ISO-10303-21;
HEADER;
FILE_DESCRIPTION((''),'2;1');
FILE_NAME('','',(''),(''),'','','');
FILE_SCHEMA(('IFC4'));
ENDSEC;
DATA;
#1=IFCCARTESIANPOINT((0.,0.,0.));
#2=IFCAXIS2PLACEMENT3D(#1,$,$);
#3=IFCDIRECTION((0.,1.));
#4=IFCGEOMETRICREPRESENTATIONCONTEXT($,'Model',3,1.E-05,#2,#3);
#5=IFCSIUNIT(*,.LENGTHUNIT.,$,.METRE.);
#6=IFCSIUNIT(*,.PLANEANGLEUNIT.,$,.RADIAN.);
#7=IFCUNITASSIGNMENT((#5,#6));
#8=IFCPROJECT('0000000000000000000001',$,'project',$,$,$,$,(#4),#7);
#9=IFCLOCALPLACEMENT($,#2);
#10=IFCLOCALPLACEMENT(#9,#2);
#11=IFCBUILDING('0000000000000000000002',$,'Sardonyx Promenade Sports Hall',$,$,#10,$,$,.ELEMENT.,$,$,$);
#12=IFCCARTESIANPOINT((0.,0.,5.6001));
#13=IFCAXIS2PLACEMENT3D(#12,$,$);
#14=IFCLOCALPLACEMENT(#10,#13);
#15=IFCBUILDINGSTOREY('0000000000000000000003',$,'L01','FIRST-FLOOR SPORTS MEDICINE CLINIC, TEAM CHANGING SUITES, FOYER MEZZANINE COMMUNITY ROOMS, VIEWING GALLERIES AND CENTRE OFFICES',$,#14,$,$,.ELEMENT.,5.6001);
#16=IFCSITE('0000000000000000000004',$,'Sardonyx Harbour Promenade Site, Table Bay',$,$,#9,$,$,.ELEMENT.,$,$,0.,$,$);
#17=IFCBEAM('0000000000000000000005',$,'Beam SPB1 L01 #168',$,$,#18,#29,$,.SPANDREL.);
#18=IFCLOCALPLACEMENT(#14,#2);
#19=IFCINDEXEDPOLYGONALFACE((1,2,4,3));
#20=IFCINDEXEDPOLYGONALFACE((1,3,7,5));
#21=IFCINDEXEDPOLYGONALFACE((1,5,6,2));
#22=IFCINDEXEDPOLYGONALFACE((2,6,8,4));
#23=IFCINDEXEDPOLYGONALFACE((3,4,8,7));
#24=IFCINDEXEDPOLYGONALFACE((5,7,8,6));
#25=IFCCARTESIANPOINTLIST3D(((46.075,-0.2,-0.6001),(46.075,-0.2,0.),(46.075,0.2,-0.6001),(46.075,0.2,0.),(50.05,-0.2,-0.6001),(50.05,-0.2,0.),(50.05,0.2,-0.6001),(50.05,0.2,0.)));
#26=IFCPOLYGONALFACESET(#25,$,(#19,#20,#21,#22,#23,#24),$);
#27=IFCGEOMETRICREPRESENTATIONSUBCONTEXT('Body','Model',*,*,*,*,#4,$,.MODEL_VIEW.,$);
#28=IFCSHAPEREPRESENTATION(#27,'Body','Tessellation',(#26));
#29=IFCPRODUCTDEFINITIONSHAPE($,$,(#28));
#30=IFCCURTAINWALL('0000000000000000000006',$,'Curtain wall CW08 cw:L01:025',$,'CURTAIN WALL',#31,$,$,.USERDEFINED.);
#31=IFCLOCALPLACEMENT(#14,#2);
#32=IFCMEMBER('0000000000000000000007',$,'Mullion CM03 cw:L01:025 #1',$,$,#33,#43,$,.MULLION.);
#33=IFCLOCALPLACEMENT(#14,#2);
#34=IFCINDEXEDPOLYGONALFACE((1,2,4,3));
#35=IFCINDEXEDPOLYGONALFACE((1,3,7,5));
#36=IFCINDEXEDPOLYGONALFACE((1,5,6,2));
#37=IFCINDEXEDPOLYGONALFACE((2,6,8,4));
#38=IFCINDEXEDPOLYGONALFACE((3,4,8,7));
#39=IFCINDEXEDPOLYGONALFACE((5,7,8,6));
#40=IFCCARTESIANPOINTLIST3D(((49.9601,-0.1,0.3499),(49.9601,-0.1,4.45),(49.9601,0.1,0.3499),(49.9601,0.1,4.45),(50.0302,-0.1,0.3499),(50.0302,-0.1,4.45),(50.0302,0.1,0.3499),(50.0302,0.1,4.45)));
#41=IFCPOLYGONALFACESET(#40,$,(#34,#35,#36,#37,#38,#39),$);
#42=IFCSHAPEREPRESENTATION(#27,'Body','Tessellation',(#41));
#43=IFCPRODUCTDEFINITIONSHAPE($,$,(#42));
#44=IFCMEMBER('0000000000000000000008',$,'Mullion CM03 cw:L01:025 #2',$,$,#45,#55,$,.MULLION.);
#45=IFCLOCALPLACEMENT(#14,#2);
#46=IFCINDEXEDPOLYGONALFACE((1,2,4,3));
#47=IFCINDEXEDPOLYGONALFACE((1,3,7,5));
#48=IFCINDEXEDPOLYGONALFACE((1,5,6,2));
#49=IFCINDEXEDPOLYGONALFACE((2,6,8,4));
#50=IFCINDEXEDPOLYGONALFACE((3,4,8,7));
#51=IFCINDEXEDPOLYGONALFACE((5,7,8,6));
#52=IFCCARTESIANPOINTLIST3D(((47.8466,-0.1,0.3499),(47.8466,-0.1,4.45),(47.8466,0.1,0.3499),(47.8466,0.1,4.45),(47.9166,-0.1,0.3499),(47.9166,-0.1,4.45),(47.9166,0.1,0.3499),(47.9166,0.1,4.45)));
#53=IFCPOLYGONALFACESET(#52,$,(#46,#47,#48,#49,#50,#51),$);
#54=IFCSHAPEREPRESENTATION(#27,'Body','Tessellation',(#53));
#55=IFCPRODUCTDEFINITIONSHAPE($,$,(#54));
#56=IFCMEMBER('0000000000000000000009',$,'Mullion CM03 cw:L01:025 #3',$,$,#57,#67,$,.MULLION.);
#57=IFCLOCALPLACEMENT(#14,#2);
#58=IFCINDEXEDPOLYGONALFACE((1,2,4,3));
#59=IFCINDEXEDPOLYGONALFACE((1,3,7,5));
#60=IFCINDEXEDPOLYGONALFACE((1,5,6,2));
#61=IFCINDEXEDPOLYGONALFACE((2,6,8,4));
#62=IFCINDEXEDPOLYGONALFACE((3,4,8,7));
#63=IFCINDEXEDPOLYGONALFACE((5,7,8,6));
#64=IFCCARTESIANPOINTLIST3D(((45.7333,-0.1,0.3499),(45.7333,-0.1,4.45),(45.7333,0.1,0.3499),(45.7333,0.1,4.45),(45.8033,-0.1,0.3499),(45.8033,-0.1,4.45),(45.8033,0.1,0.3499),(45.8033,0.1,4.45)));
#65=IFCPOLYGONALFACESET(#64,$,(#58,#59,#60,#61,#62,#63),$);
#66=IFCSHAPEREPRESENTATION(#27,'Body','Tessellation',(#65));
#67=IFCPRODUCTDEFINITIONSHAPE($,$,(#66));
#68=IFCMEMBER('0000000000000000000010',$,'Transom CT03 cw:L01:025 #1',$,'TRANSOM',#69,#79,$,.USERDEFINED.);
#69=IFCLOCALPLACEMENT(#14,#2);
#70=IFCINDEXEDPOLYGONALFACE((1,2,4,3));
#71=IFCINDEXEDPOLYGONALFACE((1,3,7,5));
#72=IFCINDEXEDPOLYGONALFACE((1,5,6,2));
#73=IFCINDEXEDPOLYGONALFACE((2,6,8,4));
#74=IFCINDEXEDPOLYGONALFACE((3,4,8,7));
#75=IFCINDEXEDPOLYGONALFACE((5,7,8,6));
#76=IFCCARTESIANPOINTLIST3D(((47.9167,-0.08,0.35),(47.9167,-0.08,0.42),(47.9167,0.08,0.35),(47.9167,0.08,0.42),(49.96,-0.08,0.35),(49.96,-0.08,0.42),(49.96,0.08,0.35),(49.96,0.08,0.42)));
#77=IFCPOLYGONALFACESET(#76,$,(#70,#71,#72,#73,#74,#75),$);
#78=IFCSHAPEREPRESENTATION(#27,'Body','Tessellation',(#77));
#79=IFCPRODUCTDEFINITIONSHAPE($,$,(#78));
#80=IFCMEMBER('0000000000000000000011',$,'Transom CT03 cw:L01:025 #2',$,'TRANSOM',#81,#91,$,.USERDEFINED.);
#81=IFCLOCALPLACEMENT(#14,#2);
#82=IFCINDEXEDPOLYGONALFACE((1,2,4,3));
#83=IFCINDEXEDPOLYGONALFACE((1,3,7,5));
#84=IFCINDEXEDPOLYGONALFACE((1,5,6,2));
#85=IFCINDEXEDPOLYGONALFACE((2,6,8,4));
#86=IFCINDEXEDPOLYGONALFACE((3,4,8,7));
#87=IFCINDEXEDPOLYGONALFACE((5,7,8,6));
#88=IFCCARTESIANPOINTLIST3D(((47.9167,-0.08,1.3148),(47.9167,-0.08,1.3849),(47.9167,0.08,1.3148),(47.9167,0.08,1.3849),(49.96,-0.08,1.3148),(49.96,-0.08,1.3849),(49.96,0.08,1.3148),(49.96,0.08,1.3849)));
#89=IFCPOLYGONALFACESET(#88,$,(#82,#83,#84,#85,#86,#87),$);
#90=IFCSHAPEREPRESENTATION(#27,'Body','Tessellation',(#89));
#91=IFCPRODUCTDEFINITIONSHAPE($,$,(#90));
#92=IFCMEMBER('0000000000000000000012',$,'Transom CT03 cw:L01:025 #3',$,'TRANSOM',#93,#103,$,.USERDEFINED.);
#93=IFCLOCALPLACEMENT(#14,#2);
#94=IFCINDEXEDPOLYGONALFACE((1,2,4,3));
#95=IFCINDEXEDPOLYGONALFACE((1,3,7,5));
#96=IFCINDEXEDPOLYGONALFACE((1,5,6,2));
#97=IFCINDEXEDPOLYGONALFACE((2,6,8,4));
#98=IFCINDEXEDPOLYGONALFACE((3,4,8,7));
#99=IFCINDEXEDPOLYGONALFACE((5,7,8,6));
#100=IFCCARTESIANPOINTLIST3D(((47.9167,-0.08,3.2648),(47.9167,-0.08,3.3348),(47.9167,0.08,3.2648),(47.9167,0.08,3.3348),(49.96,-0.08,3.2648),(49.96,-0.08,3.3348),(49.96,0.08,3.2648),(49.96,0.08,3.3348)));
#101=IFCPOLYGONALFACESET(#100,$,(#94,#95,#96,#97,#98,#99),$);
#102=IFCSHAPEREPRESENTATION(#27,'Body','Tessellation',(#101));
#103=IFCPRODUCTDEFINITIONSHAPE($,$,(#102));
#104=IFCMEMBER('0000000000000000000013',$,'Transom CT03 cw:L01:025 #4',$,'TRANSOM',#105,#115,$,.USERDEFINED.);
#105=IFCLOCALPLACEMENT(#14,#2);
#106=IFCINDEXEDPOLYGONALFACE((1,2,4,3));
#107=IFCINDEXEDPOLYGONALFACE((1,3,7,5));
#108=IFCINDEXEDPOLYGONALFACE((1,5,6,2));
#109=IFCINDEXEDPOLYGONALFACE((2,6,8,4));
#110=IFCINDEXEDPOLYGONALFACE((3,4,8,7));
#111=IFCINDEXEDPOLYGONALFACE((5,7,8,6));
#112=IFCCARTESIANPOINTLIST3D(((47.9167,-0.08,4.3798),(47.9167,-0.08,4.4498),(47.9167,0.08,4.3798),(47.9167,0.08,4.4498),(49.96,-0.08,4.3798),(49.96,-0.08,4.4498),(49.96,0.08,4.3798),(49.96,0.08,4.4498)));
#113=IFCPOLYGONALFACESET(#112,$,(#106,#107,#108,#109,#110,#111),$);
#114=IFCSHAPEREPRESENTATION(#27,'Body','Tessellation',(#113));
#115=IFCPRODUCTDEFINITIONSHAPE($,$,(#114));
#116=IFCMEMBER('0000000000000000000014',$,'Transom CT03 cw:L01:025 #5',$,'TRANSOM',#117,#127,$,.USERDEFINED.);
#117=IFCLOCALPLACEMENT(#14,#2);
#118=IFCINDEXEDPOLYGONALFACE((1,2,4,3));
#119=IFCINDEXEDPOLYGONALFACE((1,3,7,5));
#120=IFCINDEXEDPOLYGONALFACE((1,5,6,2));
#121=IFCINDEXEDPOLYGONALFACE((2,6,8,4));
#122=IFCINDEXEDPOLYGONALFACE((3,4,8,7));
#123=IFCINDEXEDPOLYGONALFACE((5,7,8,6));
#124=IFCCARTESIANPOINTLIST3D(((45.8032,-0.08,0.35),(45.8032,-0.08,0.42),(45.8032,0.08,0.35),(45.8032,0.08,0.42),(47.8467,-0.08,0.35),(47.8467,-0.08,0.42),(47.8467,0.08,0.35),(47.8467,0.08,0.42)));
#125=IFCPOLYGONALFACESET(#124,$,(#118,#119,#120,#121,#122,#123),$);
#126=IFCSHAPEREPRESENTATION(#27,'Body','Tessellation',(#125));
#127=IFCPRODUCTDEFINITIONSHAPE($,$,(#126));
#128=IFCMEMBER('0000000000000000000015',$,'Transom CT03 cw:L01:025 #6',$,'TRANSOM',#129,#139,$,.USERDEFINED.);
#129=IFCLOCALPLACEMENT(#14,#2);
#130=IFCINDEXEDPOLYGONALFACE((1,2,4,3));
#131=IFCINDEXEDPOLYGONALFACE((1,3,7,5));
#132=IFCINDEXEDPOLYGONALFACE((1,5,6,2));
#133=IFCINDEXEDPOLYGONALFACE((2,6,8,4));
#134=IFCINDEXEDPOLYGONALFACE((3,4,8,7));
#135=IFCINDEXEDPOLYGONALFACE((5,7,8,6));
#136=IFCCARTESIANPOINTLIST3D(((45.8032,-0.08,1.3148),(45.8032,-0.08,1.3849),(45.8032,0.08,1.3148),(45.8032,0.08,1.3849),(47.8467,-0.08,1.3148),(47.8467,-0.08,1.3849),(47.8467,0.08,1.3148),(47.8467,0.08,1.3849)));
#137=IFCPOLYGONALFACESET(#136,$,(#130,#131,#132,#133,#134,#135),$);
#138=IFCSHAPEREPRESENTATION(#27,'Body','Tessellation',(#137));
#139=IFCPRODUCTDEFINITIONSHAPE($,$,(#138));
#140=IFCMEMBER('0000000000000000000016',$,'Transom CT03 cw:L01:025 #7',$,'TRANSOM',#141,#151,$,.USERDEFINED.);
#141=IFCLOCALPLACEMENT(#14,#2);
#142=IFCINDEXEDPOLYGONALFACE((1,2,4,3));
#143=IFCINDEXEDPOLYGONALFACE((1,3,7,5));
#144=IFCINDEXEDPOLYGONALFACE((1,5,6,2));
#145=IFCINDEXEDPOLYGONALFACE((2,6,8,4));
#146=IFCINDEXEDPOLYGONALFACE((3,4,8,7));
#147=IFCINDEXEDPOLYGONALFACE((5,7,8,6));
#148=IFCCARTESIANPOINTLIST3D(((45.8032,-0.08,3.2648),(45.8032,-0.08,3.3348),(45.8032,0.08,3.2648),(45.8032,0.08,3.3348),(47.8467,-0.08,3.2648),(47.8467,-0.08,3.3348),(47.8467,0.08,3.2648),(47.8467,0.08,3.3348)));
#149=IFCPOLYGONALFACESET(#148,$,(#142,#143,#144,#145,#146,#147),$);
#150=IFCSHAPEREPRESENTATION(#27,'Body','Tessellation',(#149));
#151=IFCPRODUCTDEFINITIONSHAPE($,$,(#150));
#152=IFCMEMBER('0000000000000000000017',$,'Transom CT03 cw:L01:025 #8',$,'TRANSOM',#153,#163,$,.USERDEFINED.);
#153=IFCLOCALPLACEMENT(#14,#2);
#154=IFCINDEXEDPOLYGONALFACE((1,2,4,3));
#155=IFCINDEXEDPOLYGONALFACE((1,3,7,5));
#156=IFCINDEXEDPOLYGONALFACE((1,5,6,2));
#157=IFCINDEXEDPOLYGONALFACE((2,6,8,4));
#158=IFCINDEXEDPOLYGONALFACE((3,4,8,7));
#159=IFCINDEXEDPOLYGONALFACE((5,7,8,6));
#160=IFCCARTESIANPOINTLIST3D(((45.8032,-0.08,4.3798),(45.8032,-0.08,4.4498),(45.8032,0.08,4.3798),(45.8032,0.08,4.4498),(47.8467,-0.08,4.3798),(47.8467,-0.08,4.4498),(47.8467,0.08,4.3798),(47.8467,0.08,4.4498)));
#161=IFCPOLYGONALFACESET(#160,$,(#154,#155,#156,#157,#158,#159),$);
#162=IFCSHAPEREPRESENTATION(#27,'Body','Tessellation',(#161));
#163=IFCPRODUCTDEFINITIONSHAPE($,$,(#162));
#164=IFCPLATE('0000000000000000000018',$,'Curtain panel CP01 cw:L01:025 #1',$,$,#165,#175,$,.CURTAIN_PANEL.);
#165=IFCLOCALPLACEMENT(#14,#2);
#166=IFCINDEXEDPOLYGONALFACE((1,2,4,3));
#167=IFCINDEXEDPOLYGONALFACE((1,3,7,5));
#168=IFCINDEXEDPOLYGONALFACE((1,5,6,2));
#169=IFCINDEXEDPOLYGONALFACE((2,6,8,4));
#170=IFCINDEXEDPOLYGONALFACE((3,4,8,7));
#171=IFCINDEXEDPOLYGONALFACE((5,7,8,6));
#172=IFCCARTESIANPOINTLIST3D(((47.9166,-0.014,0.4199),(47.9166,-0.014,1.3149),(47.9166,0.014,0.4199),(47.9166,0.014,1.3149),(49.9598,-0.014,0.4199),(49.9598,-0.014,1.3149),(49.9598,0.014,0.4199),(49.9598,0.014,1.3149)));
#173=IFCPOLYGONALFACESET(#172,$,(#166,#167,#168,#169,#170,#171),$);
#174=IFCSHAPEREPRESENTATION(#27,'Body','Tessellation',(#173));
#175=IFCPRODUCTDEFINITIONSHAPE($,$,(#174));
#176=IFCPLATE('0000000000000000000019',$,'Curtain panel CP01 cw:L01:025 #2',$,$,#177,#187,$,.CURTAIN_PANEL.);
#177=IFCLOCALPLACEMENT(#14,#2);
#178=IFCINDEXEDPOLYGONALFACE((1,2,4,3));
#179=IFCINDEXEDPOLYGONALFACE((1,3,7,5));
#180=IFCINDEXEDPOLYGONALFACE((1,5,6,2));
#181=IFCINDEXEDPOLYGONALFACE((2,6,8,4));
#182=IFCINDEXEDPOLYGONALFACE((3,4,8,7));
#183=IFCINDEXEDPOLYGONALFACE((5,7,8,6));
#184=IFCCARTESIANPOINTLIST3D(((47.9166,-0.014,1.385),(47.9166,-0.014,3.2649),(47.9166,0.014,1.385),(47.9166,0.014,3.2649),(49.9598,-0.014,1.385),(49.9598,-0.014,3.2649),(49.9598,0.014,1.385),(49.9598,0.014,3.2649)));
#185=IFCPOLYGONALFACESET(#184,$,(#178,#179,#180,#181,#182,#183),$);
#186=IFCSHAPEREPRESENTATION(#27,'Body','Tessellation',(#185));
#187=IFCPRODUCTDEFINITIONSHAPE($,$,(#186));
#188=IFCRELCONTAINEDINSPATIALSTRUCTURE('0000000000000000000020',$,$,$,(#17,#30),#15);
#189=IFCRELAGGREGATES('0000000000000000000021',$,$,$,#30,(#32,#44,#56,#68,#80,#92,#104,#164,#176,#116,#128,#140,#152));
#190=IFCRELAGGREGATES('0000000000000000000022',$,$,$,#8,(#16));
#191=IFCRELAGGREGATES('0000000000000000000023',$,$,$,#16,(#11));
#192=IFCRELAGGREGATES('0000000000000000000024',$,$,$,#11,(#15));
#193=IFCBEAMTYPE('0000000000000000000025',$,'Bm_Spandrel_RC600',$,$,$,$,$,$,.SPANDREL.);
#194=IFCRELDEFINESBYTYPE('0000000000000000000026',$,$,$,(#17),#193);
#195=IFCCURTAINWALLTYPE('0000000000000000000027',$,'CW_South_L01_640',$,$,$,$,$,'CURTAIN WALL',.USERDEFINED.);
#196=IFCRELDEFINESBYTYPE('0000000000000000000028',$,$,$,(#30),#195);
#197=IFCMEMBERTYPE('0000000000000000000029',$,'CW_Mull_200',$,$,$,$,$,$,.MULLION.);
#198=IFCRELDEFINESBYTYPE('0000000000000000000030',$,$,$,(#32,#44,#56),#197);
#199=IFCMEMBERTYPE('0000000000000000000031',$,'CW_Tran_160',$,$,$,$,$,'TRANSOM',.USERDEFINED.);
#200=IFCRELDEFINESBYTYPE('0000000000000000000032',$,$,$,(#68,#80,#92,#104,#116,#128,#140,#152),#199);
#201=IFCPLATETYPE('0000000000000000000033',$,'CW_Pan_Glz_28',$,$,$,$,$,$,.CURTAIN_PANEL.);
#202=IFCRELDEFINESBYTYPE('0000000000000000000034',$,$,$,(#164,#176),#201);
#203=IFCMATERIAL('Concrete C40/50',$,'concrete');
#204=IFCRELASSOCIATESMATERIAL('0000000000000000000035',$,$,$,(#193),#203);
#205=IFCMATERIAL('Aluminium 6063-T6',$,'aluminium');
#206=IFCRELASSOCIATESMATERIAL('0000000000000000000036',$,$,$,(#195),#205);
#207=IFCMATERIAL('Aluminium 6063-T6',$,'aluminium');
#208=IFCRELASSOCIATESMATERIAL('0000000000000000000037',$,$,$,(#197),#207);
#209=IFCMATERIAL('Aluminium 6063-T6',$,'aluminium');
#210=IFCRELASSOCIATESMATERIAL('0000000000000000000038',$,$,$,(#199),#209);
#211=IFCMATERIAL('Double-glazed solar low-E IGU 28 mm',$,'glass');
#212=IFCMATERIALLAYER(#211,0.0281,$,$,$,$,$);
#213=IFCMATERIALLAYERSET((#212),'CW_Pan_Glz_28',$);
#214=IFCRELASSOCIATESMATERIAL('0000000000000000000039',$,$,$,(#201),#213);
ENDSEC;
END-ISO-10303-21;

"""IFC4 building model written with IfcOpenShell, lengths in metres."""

from ifc_helpers import new_model, si_unit, direction, frame, origin, origin_2d, place, context, subcontext, project, spatial, rectangle, extrude, material, layer, layer_set, material_profile, profile_set, type_object, element, aggregate, save


model = new_model("IFC4")

# Units and contexts
model_context = context("Model", 3, precision=1e-05, world=origin(), true_north=direction((0.0, 1.0)))
body_context = subcontext(model_context, "Body", "Model", "MODEL_VIEW")
ifc_project = project(units=[si_unit("LENGTHUNIT", "METRE"), si_unit("PLANEANGLEUNIT", "RADIAN")], contexts=[model_context])

# Site, building, storey
site_placement = place(None, origin())
site = spatial("IfcSite", under=ifc_project, at=site_placement, Name="Sardonyx Harbour Promenade Site, Table Bay", CompositionType="ELEMENT", RefElevation=0.0)
building_placement = place(site_placement, origin())
building = spatial("IfcBuilding", under=site, at=building_placement, Name="Sardonyx Promenade Sports Hall", CompositionType="ELEMENT")
storey_placement = place(building_placement, frame((0.0, 0.0, 5.6001)))
storey = spatial("IfcBuildingStorey", under=building, at=storey_placement, Name="L01", Description="FIRST-FLOOR SPORTS MEDICINE CLINIC, TEAM CHANGING SUITES, FOYER MEZZANINE COMMUNITY ROOMS, VIEWING GALLERIES AND CENTRE OFFICES", CompositionType="ELEMENT", Elevation=5.6001)

# Beam
ifc_material_1 = material(Name="Concrete C40/50", Category="concrete")
ifc_material_profile_1 = material_profile(ifc_material_1, rectangle(XDim=0.3999, YDim=0.6001, at=origin_2d()))
ifc_profile_set_1 = profile_set([ifc_material_profile_1], Name="Concrete C40/50")
beam_type = type_object("IfcBeamType", Name="Bm_Spandrel_RC600", PredefinedType="SPANDREL", material=ifc_profile_set_1)
beam_placement = place(storey_placement, frame((46.075, 0.0, -0.3), z_axis=(1.0, 0.0, 0.0), x_axis=(0.0, 1.0, 0.0)))
element("IfcBeam", 1, at=beam_placement, inside=storey, type_object=beam_type, Name="Beam SPB1 L01 #168", PredefinedType="SPANDREL", context=body_context, shape_type="SweptSolid", body=[
    extrude(rectangle(XDim=0.3999, YDim=0.6001, at=origin_2d()), origin(), (0.0, 0.0, 1.0), 3.9751),
])

# Curtain wall, members, plates
ifc_material_2 = material(Name="Aluminium 6063-T6", Category="aluminium")
curtain_wall_type = type_object("IfcCurtainWallType", Name="CW_South_L01_640", ElementType="CURTAIN WALL", PredefinedType="USERDEFINED", material=ifc_material_2)
curtain_wall_placement = place(storey_placement, origin())
curtain_wall = element("IfcCurtainWall", 2, at=curtain_wall_placement, inside=storey, type_object=curtain_wall_type, Name="Curtain wall CW08 cw:L01:025", ObjectType="CURTAIN WALL", PredefinedType="USERDEFINED")
ifc_material_3 = material(Name="Aluminium 6063-T6", Category="aluminium")
ifc_material_profile_2 = material_profile(ifc_material_3, rectangle(XDim=0.0701, YDim=0.2, at=origin_2d()))
ifc_profile_set_2 = profile_set([ifc_material_profile_2], Name="Aluminium 6063-T6")
member_type_1 = type_object("IfcMemberType", Name="CW_Mull_200", PredefinedType="MULLION", material=ifc_profile_set_2)
member_1_placement = place(storey_placement, frame((49.9951, 0.0, 0.3499), z_axis=(0.0, 0.0, 1.0), x_axis=(-1.0, 0.0, 0.0)))
member_1 = element("IfcMember", 3, at=member_1_placement, type_object=member_type_1, Name="Mullion CM03 cw:L01:025 #1", PredefinedType="MULLION", context=body_context, shape_type="SweptSolid", body=[
    extrude(rectangle(XDim=0.0701, YDim=0.2, at=origin_2d()), origin(), (0.0, 0.0, 1.0), 4.1001),
])
member_2_placement = place(storey_placement, frame((47.8816, 0.0, 0.3499), z_axis=(0.0, 0.0, 1.0), x_axis=(-1.0, 0.0, 0.0)))
member_2 = element("IfcMember", 4, at=member_2_placement, type_object=member_type_1, Name="Mullion CM03 cw:L01:025 #2", PredefinedType="MULLION", context=body_context, shape_type="SweptSolid", body=[
    extrude(rectangle(XDim=0.0701, YDim=0.2, at=origin_2d()), origin(), (0.0, 0.0, 1.0), 4.1001),
])
member_3_placement = place(storey_placement, frame((45.7683, 0.0, 0.3499), z_axis=(0.0, 0.0, 1.0), x_axis=(-1.0, 0.0, 0.0)))
member_3 = element("IfcMember", 5, at=member_3_placement, type_object=member_type_1, Name="Mullion CM03 cw:L01:025 #3", PredefinedType="MULLION", context=body_context, shape_type="SweptSolid", body=[
    extrude(rectangle(XDim=0.0701, YDim=0.2, at=origin_2d()), origin(), (0.0, 0.0, 1.0), 4.1001),
])
ifc_material_4 = material(Name="Aluminium 6063-T6", Category="aluminium")
ifc_material_profile_3 = material_profile(ifc_material_4, rectangle(XDim=0.0701, YDim=0.1599, at=origin_2d()))
ifc_profile_set_3 = profile_set([ifc_material_profile_3], Name="Aluminium 6063-T6")
member_type_2 = type_object("IfcMemberType", Name="CW_Tran_160", ElementType="TRANSOM", PredefinedType="USERDEFINED", material=ifc_profile_set_3)
member_4_placement = place(storey_placement, frame((49.96, 0.0, 0.385), z_axis=(-1.0, 0.0, 0.0), x_axis=(0.0, 0.0, 1.0)))
member_4 = element("IfcMember", 6, at=member_4_placement, type_object=member_type_2, Name="Transom CT03 cw:L01:025 #1", ObjectType="TRANSOM", PredefinedType="USERDEFINED", context=body_context, shape_type="SweptSolid", body=[
    extrude(rectangle(XDim=0.0701, YDim=0.1599, at=origin_2d()), origin(), (0.0, 0.0, 1.0), 2.0432),
])
member_5_placement = place(storey_placement, frame((49.96, 0.0, 1.3499), z_axis=(-1.0, 0.0, 0.0), x_axis=(0.0, 0.0, 1.0)))
member_5 = element("IfcMember", 7, at=member_5_placement, type_object=member_type_2, Name="Transom CT03 cw:L01:025 #2", ObjectType="TRANSOM", PredefinedType="USERDEFINED", context=body_context, shape_type="SweptSolid", body=[
    extrude(rectangle(XDim=0.0701, YDim=0.1599, at=origin_2d()), origin(), (0.0, 0.0, 1.0), 2.0432),
])
member_6_placement = place(storey_placement, frame((49.96, 0.0, 3.2998), z_axis=(-1.0, 0.0, 0.0), x_axis=(0.0, 0.0, 1.0)))
member_6 = element("IfcMember", 8, at=member_6_placement, type_object=member_type_2, Name="Transom CT03 cw:L01:025 #3", ObjectType="TRANSOM", PredefinedType="USERDEFINED", context=body_context, shape_type="SweptSolid", body=[
    extrude(rectangle(XDim=0.0701, YDim=0.1599, at=origin_2d()), origin(), (0.0, 0.0, 1.0), 2.0432),
])
member_7_placement = place(storey_placement, frame((49.96, 0.0, 4.4148), z_axis=(-1.0, 0.0, 0.0), x_axis=(0.0, 0.0, 1.0)))
member_7 = element("IfcMember", 9, at=member_7_placement, type_object=member_type_2, Name="Transom CT03 cw:L01:025 #4", ObjectType="TRANSOM", PredefinedType="USERDEFINED", context=body_context, shape_type="SweptSolid", body=[
    extrude(rectangle(XDim=0.0701, YDim=0.1599, at=origin_2d()), origin(), (0.0, 0.0, 1.0), 2.0432),
])
member_8_placement = place(storey_placement, frame((47.8467, 0.0, 0.385), z_axis=(-1.0, 0.0, 0.0), x_axis=(0.0, 0.0, 1.0)))
member_8 = element("IfcMember", 10, at=member_8_placement, type_object=member_type_2, Name="Transom CT03 cw:L01:025 #5", ObjectType="TRANSOM", PredefinedType="USERDEFINED", context=body_context, shape_type="SweptSolid", body=[
    extrude(rectangle(XDim=0.0701, YDim=0.1599, at=origin_2d()), origin(), (0.0, 0.0, 1.0), 2.0435),
])
member_9_placement = place(storey_placement, frame((47.8467, 0.0, 1.3499), z_axis=(-1.0, 0.0, 0.0), x_axis=(0.0, 0.0, 1.0)))
member_9 = element("IfcMember", 11, at=member_9_placement, type_object=member_type_2, Name="Transom CT03 cw:L01:025 #6", ObjectType="TRANSOM", PredefinedType="USERDEFINED", context=body_context, shape_type="SweptSolid", body=[
    extrude(rectangle(XDim=0.0701, YDim=0.1599, at=origin_2d()), origin(), (0.0, 0.0, 1.0), 2.0435),
])
member_10_placement = place(storey_placement, frame((47.8467, 0.0, 3.2998), z_axis=(-1.0, 0.0, 0.0), x_axis=(0.0, 0.0, 1.0)))
member_10 = element("IfcMember", 12, at=member_10_placement, type_object=member_type_2, Name="Transom CT03 cw:L01:025 #7", ObjectType="TRANSOM", PredefinedType="USERDEFINED", context=body_context, shape_type="SweptSolid", body=[
    extrude(rectangle(XDim=0.0701, YDim=0.1599, at=origin_2d()), origin(), (0.0, 0.0, 1.0), 2.0435),
])
member_11_placement = place(storey_placement, frame((47.8467, 0.0, 4.4148), z_axis=(-1.0, 0.0, 0.0), x_axis=(0.0, 0.0, 1.0)))
member_11 = element("IfcMember", 13, at=member_11_placement, type_object=member_type_2, Name="Transom CT03 cw:L01:025 #8", ObjectType="TRANSOM", PredefinedType="USERDEFINED", context=body_context, shape_type="SweptSolid", body=[
    extrude(rectangle(XDim=0.0701, YDim=0.1599, at=origin_2d()), origin(), (0.0, 0.0, 1.0), 2.0435),
])
ifc_material_5 = material(Name="Double-glazed solar low-E IGU 28 mm", Category="glass")
ifc_layer_1 = layer(ifc_material_5, 0.0281)
ifc_layer_set_1 = layer_set([ifc_layer_1], Name="CW_Pan_Glz_28")
plate_type = type_object("IfcPlateType", Name="CW_Pan_Glz_28", PredefinedType="CURTAIN_PANEL", material=ifc_layer_set_1)
plate_1_placement = place(storey_placement, frame((48.9382, 0.0, 0.4199), z_axis=(0.0, 0.0, 1.0), x_axis=(-1.0, 0.0, 0.0)))
plate_1 = element("IfcPlate", 14, at=plate_1_placement, type_object=plate_type, Name="Curtain panel CP01 cw:L01:025 #1", PredefinedType="CURTAIN_PANEL", context=body_context, shape_type="SweptSolid", body=[
    extrude(rectangle(XDim=2.0432, YDim=0.0281, at=origin_2d()), origin(), (0.0, 0.0, 1.0), 0.895),
])
plate_2_placement = place(storey_placement, frame((48.9382, 0.0, 1.385), z_axis=(0.0, 0.0, 1.0), x_axis=(-1.0, 0.0, 0.0)))
plate_2 = element("IfcPlate", 15, at=plate_2_placement, type_object=plate_type, Name="Curtain panel CP01 cw:L01:025 #2", PredefinedType="CURTAIN_PANEL", context=body_context, shape_type="SweptSolid", body=[
    extrude(rectangle(XDim=2.0432, YDim=0.0281, at=origin_2d()), origin(), (0.0, 0.0, 1.0), 1.8799),
])
aggregate(curtain_wall, [member_1, member_2, member_3, member_4, member_5, member_6, member_7, plate_1, plate_2, member_8, member_9, member_10, member_11])

save(model, "model.ifc")
